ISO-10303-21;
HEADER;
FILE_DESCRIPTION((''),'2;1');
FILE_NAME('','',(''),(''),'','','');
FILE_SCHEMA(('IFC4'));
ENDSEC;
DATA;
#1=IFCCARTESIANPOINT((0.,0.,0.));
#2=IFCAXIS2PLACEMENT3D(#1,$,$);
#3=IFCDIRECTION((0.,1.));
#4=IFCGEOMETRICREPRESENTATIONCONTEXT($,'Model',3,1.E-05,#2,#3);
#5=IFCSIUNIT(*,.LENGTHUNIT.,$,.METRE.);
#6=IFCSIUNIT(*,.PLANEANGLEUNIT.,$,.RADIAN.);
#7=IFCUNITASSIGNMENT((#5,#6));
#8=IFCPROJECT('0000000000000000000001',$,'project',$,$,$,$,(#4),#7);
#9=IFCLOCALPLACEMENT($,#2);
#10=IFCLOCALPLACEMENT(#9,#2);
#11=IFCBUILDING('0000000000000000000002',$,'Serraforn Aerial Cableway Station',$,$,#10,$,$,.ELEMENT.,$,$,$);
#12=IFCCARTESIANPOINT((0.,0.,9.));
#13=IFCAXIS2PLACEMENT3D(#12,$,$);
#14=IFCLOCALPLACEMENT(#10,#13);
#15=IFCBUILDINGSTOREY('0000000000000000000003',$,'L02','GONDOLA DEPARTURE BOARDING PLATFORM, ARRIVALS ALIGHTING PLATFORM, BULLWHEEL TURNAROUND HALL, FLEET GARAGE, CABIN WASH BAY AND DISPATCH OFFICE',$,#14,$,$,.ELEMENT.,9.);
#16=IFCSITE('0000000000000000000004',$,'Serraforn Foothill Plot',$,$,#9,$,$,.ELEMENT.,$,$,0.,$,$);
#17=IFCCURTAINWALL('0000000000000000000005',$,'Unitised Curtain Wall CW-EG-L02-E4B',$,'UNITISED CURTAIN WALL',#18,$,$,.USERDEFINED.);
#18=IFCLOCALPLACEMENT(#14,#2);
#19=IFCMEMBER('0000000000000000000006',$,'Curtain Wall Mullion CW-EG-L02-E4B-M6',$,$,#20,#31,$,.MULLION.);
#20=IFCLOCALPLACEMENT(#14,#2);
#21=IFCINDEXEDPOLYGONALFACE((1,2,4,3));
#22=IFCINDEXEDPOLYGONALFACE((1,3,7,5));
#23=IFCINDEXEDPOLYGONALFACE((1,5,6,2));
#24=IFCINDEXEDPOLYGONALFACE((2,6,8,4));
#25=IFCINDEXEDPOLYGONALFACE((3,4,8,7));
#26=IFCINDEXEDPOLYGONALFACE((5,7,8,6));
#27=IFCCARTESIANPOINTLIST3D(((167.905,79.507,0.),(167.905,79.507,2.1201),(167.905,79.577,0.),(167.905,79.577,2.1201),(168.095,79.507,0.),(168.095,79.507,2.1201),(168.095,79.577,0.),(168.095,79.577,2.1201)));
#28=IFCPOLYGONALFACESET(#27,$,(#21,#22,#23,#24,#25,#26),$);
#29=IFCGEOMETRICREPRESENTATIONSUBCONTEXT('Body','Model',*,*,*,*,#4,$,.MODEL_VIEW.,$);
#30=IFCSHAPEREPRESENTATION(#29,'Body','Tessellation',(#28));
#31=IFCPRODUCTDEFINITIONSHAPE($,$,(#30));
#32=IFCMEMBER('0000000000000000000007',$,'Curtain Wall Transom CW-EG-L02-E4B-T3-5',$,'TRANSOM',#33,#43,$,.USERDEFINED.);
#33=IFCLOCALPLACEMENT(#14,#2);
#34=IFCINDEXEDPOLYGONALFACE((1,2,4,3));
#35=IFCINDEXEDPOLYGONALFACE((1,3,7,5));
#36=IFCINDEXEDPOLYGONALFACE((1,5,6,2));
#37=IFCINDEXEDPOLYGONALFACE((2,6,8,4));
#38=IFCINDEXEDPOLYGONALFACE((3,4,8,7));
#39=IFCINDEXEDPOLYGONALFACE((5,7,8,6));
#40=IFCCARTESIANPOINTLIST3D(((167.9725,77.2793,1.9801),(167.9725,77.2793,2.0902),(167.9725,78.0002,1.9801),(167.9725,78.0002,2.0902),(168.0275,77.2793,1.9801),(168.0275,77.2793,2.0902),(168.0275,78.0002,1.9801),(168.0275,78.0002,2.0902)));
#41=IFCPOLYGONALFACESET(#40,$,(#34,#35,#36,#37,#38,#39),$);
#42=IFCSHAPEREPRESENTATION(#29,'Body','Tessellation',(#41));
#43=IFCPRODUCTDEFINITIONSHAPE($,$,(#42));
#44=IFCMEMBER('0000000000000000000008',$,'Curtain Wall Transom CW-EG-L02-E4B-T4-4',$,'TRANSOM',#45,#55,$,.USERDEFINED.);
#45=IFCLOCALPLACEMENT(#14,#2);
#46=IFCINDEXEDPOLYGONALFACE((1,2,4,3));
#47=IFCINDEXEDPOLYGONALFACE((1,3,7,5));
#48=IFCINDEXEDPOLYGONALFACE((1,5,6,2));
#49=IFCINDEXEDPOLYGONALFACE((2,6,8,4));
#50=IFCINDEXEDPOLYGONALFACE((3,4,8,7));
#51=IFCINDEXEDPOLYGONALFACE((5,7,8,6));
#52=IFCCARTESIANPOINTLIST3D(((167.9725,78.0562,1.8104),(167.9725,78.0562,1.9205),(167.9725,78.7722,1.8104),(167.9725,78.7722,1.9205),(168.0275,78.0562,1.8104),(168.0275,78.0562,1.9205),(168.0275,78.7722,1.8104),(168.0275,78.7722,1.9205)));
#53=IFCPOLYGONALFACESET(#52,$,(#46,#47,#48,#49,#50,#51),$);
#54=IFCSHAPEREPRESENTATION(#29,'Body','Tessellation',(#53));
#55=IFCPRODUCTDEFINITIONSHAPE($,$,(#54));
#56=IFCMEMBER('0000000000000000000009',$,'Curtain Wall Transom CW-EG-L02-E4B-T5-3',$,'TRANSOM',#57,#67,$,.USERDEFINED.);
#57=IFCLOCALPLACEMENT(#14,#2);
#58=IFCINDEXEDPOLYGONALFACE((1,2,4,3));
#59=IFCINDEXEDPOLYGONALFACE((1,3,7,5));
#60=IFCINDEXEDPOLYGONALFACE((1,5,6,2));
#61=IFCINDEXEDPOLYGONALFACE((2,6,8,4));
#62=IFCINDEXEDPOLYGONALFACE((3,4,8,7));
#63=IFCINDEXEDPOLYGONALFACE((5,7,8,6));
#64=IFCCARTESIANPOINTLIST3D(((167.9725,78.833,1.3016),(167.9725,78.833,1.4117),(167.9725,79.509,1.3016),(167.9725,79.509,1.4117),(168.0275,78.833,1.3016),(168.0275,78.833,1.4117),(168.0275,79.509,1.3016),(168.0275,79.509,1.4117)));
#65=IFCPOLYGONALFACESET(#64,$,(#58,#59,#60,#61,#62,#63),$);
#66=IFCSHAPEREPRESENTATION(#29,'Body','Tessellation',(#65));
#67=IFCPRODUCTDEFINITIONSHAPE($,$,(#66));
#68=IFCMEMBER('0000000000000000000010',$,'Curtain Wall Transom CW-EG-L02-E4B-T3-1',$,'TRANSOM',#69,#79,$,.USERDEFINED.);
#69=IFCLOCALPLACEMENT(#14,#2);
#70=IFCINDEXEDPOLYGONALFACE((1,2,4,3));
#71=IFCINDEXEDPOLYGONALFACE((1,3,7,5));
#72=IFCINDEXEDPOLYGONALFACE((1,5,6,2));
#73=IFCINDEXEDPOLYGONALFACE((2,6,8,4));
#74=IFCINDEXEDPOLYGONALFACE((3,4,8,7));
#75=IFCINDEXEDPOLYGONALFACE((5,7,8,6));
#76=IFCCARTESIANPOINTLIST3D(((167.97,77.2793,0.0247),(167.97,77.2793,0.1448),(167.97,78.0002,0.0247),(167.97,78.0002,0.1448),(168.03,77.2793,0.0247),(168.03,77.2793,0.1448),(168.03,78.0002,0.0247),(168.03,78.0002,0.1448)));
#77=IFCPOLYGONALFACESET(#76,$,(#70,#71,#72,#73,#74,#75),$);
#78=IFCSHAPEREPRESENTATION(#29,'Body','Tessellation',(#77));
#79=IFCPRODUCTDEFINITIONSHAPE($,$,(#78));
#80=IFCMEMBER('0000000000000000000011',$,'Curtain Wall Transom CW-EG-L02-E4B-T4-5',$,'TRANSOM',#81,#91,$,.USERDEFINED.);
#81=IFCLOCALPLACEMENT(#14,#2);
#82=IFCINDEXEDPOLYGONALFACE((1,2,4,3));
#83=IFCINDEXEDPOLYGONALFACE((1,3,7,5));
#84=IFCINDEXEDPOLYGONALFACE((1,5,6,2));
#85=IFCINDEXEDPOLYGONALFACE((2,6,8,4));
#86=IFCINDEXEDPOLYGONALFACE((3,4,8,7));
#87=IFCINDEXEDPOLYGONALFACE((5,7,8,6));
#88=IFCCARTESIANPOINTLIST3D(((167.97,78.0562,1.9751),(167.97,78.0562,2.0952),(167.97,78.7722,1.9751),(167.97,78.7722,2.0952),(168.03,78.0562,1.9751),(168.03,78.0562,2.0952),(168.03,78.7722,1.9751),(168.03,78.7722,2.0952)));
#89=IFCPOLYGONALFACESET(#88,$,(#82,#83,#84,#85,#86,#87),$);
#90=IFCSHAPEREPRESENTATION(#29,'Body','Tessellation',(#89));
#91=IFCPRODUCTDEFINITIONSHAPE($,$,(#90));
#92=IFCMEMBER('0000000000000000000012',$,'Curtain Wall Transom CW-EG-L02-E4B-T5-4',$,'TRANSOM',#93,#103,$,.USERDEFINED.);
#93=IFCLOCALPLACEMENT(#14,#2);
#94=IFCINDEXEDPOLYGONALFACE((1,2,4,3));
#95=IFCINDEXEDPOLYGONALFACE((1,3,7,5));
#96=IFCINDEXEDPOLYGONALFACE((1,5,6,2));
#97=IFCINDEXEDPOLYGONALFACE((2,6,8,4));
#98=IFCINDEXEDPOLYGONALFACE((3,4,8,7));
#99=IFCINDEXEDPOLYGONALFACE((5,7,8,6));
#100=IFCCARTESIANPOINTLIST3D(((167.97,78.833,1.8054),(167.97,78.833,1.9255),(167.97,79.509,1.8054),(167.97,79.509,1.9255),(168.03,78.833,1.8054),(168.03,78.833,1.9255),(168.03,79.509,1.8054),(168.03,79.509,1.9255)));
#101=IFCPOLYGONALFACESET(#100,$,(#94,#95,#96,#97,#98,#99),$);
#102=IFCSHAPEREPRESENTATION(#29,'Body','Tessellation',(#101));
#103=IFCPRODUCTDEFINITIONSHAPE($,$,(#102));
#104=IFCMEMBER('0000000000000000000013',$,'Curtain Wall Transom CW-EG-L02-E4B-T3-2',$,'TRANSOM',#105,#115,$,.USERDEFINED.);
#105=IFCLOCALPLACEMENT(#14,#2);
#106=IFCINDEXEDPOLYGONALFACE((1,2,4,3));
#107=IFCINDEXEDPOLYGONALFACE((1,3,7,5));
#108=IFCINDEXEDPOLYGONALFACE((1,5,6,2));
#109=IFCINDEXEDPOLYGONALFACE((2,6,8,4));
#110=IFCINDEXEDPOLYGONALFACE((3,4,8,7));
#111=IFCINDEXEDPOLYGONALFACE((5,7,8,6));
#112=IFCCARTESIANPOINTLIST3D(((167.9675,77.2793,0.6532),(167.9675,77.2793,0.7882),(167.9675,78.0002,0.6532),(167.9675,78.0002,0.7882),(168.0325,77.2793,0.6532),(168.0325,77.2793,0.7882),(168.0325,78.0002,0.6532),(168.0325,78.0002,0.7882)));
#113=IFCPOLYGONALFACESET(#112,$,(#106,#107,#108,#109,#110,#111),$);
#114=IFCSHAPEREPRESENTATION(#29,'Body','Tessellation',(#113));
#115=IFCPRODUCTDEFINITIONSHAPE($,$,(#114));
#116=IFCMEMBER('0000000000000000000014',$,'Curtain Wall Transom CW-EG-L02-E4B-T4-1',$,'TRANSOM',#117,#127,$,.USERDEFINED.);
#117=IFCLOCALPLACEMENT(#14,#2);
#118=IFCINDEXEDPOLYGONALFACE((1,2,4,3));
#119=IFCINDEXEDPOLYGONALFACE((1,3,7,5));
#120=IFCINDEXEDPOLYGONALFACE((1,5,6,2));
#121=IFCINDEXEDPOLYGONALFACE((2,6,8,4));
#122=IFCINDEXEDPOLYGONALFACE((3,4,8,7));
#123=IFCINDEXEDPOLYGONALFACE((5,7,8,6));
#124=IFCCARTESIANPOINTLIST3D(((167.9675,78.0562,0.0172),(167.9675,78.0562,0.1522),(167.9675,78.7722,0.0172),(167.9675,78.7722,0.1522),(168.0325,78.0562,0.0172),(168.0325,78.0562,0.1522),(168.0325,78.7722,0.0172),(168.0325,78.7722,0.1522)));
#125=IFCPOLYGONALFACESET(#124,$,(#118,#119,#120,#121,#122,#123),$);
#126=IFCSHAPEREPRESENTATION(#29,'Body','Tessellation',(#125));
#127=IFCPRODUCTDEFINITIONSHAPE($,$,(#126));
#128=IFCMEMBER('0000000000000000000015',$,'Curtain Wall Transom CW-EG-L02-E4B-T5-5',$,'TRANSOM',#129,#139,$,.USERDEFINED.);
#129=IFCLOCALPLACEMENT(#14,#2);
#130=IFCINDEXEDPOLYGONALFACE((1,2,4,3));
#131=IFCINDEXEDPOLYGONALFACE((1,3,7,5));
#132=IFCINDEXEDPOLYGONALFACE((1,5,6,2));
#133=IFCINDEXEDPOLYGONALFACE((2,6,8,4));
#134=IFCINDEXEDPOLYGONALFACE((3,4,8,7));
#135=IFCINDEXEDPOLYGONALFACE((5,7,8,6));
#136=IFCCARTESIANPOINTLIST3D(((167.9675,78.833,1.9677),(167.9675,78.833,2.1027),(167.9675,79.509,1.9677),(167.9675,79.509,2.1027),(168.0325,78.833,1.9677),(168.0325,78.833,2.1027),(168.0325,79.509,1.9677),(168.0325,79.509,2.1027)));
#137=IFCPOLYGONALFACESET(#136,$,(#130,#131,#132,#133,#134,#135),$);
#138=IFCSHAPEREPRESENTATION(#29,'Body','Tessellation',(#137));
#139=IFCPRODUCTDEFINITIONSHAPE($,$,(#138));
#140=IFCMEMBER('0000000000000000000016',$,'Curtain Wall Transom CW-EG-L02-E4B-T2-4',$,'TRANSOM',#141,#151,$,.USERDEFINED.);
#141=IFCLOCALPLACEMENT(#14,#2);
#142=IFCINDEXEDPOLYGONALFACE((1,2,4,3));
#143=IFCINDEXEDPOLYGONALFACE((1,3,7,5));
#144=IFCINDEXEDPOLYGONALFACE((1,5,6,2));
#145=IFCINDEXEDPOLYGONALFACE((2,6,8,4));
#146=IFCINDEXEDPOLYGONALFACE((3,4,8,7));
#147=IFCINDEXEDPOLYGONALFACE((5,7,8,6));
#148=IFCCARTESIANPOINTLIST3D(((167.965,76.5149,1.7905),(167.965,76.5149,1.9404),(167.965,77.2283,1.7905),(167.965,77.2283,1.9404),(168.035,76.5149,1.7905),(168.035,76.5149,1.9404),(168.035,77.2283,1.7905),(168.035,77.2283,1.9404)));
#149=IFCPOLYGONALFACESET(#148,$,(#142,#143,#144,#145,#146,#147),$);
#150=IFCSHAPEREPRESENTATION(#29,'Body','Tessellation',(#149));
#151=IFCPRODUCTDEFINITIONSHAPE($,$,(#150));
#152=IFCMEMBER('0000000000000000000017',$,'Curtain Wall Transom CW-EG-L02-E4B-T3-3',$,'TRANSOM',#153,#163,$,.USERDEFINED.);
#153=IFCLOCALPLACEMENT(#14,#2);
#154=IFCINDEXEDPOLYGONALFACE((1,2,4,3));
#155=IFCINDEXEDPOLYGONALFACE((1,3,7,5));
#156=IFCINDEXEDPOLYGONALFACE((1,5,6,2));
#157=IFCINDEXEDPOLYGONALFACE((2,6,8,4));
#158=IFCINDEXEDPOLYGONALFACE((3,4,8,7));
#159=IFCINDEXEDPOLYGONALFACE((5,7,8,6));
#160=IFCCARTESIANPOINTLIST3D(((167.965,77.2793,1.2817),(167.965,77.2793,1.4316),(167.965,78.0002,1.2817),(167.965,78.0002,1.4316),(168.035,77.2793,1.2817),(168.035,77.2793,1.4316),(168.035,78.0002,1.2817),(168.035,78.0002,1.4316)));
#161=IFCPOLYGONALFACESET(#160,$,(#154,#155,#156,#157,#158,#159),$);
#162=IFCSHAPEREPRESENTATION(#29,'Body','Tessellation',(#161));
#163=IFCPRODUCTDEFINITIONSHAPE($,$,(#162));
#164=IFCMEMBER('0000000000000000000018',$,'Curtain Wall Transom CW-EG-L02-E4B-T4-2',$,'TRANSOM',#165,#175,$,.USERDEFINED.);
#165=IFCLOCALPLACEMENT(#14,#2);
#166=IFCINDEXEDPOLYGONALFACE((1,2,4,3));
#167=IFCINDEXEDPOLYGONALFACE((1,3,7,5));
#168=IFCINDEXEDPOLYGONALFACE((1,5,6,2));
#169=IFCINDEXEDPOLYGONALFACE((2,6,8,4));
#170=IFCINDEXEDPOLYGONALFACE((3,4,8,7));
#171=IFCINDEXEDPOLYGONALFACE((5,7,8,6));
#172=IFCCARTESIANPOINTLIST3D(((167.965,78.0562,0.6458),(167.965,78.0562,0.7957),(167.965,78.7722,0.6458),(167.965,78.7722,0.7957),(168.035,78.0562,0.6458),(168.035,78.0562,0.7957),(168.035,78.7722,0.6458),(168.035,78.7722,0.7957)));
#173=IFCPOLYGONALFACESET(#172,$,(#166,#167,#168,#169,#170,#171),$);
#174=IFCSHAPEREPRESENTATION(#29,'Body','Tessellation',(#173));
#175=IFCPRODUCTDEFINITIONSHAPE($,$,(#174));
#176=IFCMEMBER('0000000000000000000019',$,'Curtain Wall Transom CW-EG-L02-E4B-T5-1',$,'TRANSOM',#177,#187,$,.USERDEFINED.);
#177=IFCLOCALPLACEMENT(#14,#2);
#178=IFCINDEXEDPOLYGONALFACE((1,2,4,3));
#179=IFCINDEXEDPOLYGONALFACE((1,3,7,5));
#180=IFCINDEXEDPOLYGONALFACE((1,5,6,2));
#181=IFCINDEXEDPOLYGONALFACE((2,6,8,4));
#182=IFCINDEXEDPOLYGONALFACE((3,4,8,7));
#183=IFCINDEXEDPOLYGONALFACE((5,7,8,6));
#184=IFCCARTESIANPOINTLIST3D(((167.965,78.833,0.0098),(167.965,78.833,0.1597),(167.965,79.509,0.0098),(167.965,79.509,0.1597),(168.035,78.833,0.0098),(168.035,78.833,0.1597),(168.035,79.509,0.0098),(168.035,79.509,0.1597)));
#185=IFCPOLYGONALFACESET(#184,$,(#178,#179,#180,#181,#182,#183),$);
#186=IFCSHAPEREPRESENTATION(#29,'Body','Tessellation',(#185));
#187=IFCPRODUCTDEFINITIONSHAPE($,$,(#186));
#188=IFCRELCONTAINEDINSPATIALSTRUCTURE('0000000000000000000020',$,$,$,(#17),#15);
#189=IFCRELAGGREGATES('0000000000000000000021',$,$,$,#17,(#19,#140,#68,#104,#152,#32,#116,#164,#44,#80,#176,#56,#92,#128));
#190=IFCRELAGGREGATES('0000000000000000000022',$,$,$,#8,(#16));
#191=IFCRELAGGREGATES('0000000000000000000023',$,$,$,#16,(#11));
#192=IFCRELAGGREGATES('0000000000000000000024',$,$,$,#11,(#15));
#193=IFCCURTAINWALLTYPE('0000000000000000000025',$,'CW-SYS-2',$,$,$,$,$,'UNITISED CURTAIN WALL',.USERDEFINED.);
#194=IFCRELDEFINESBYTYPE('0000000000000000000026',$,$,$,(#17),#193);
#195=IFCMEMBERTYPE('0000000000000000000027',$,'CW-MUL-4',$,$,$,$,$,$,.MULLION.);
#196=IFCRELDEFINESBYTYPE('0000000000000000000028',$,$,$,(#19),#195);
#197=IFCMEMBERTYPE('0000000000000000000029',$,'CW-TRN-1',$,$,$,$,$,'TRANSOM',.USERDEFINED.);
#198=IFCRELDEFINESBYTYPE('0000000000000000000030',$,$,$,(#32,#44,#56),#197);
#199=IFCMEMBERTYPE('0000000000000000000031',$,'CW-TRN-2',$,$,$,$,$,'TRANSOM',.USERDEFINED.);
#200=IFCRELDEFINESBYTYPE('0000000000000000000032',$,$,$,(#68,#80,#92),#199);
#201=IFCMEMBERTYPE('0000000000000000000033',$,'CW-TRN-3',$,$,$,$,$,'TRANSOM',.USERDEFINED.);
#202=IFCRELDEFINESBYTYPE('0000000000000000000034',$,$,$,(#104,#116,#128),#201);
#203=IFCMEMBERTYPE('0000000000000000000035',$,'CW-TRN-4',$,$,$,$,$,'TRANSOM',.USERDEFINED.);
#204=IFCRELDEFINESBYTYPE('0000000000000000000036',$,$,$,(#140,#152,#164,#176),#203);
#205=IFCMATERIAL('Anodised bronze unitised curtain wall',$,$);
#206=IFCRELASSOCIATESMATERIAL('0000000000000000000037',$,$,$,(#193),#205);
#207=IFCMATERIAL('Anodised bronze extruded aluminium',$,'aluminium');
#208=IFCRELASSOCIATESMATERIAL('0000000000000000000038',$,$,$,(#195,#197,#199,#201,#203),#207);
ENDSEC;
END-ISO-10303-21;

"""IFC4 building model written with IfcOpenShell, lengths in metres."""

from ifc_helpers import new_model, si_unit, direction, frame, origin, origin_2d, place, context, subcontext, project, spatial, rectangle, extrude, material, material_profile, profile_set, type_object, element, aggregate, save


model = new_model("IFC4")

# Units and contexts
model_context = context("Model", 3, precision=1e-05, world=origin(), true_north=direction((0.0, 1.0)))
body_context = subcontext(model_context, "Body", "Model", "MODEL_VIEW")
ifc_project = project(units=[si_unit("LENGTHUNIT", "METRE"), si_unit("PLANEANGLEUNIT", "RADIAN")], contexts=[model_context])

# Site, building, storey
site_placement = place(None, origin())
site = spatial("IfcSite", under=ifc_project, at=site_placement, Name="Serraforn Foothill Plot", CompositionType="ELEMENT", RefElevation=0.0)
building_placement = place(site_placement, origin())
building = spatial("IfcBuilding", under=site, at=building_placement, Name="Serraforn Aerial Cableway Station", CompositionType="ELEMENT")
storey_placement = place(building_placement, frame((0.0, 0.0, 9.0)))
storey = spatial("IfcBuildingStorey", under=building, at=storey_placement, Name="L02", Description="GONDOLA DEPARTURE BOARDING PLATFORM, ARRIVALS ALIGHTING PLATFORM, BULLWHEEL TURNAROUND HALL, FLEET GARAGE, CABIN WASH BAY AND DISPATCH OFFICE", CompositionType="ELEMENT", Elevation=9.0)

# Curtain wall, members
ifc_material_1 = material(Name="Anodised bronze unitised curtain wall")
curtain_wall_type = type_object("IfcCurtainWallType", Name="CW-SYS-2", ElementType="UNITISED CURTAIN WALL", PredefinedType="USERDEFINED", material=ifc_material_1)
curtain_wall_placement = place(storey_placement, origin())
curtain_wall = element("IfcCurtainWall", 1, at=curtain_wall_placement, inside=storey, type_object=curtain_wall_type, Name="Unitised Curtain Wall CW-EG-L02-E4B", ObjectType="UNITISED CURTAIN WALL", PredefinedType="USERDEFINED")
ifc_material_2 = material(Name="Anodised bronze extruded aluminium", Category="aluminium")
ifc_material_profile_1 = material_profile(ifc_material_2, rectangle(XDim=0.0701, YDim=0.1899, at=origin_2d()), Name="CW MULLION 70x190")
ifc_profile_set_1 = profile_set([ifc_material_profile_1], Name="Anodised bronze extruded aluminium")
member_type_1 = type_object("IfcMemberType", Name="CW-MUL-4", PredefinedType="MULLION", material=ifc_profile_set_1)
member_1_placement = place(storey_placement, frame((168.0, 79.542, 0.0), z_axis=(0.0, 0.0, 1.0), x_axis=(0.0, 1.0, 0.0)))
member_1 = element("IfcMember", 2, at=member_1_placement, type_object=member_type_1, Name="Curtain Wall Mullion CW-EG-L02-E4B-M6", PredefinedType="MULLION", context=body_context, shape_type="SweptSolid", body=[
    extrude(rectangle(XDim=0.0701, YDim=0.1899, at=origin_2d()), origin(), (0.0, 0.0, 1.0), 2.1201),
])
ifc_material_profile_2 = material_profile(ifc_material_2, rectangle(XDim=0.0549, YDim=0.1101, at=origin_2d()), Name="CW TRANSOM 55x110")
ifc_profile_set_2 = profile_set([ifc_material_profile_2], Name="Anodised bronze extruded aluminium")
member_type_2 = type_object("IfcMemberType", Name="CW-TRN-1", ElementType="TRANSOM", PredefinedType="USERDEFINED", material=ifc_profile_set_2)
member_2_placement = place(storey_placement, frame((168.0, 77.2793, 2.0352), z_axis=(0.0, 1.0, 0.0), x_axis=(-1.0, 0.0, 0.0)))
member_2 = element("IfcMember", 3, at=member_2_placement, type_object=member_type_2, Name="Curtain Wall Transom CW-EG-L02-E4B-T3-5", ObjectType="TRANSOM", PredefinedType="USERDEFINED", context=body_context, shape_type="SweptSolid", body=[
    extrude(rectangle(XDim=0.0549, YDim=0.1101, at=origin_2d()), origin(), (0.0, 0.0, 1.0), 0.7209),
])
member_3_placement = place(storey_placement, frame((168.0, 78.0562, 1.8655), z_axis=(0.0, 1.0, 0.0), x_axis=(-1.0, 0.0, 0.0)))
member_3 = element("IfcMember", 4, at=member_3_placement, type_object=member_type_2, Name="Curtain Wall Transom CW-EG-L02-E4B-T4-4", ObjectType="TRANSOM", PredefinedType="USERDEFINED", context=body_context, shape_type="SweptSolid", body=[
    extrude(rectangle(XDim=0.0549, YDim=0.1101, at=origin_2d()), origin(), (0.0, 0.0, 1.0), 0.7161),
])
member_4_placement = place(storey_placement, frame((168.0, 78.833, 1.3567), z_axis=(0.0, 1.0, 0.0), x_axis=(-1.0, 0.0, 0.0)))
member_4 = element("IfcMember", 5, at=member_4_placement, type_object=member_type_2, Name="Curtain Wall Transom CW-EG-L02-E4B-T5-3", ObjectType="TRANSOM", PredefinedType="USERDEFINED", context=body_context, shape_type="SweptSolid", body=[
    extrude(rectangle(XDim=0.0549, YDim=0.1101, at=origin_2d()), origin(), (0.0, 0.0, 1.0), 0.676),
])
ifc_material_profile_3 = material_profile(ifc_material_2, rectangle(XDim=0.0601, YDim=0.1201, at=origin_2d()), Name="CW TRANSOM 60x120")
ifc_profile_set_3 = profile_set([ifc_material_profile_3], Name="Anodised bronze extruded aluminium")
member_type_3 = type_object("IfcMemberType", Name="CW-TRN-2", ElementType="TRANSOM", PredefinedType="USERDEFINED", material=ifc_profile_set_3)
member_5_placement = place(storey_placement, frame((168.0, 77.2793, 0.0847), z_axis=(0.0, 1.0, 0.0), x_axis=(-1.0, 0.0, 0.0)))
member_5 = element("IfcMember", 6, at=member_5_placement, type_object=member_type_3, Name="Curtain Wall Transom CW-EG-L02-E4B-T3-1", ObjectType="TRANSOM", PredefinedType="USERDEFINED", context=body_context, shape_type="SweptSolid", body=[
    extrude(rectangle(XDim=0.0601, YDim=0.1201, at=origin_2d()), origin(), (0.0, 0.0, 1.0), 0.7209),
])
member_6_placement = place(storey_placement, frame((168.0, 78.0562, 2.0352), z_axis=(0.0, 1.0, 0.0), x_axis=(-1.0, 0.0, 0.0)))
member_6 = element("IfcMember", 7, at=member_6_placement, type_object=member_type_3, Name="Curtain Wall Transom CW-EG-L02-E4B-T4-5", ObjectType="TRANSOM", PredefinedType="USERDEFINED", context=body_context, shape_type="SweptSolid", body=[
    extrude(rectangle(XDim=0.0601, YDim=0.1201, at=origin_2d()), origin(), (0.0, 0.0, 1.0), 0.7161),
])
member_7_placement = place(storey_placement, frame((168.0, 78.833, 1.8655), z_axis=(0.0, 1.0, 0.0), x_axis=(-1.0, 0.0, 0.0)))
member_7 = element("IfcMember", 8, at=member_7_placement, type_object=member_type_3, Name="Curtain Wall Transom CW-EG-L02-E4B-T5-4", ObjectType="TRANSOM", PredefinedType="USERDEFINED", context=body_context, shape_type="SweptSolid", body=[
    extrude(rectangle(XDim=0.0601, YDim=0.1201, at=origin_2d()), origin(), (0.0, 0.0, 1.0), 0.676),
])
ifc_material_profile_4 = material_profile(ifc_material_2, rectangle(XDim=0.0649, YDim=0.135, at=origin_2d()), Name="CW TRANSOM 65x135")
ifc_profile_set_4 = profile_set([ifc_material_profile_4], Name="Anodised bronze extruded aluminium")
member_type_4 = type_object("IfcMemberType", Name="CW-TRN-3", ElementType="TRANSOM", PredefinedType="USERDEFINED", material=ifc_profile_set_4)
member_8_placement = place(storey_placement, frame((168.0, 77.2793, 0.7207), z_axis=(0.0, 1.0, 0.0), x_axis=(-1.0, 0.0, 0.0)))
member_8 = element("IfcMember", 9, at=member_8_placement, type_object=member_type_4, Name="Curtain Wall Transom CW-EG-L02-E4B-T3-2", ObjectType="TRANSOM", PredefinedType="USERDEFINED", context=body_context, shape_type="SweptSolid", body=[
    extrude(rectangle(XDim=0.0649, YDim=0.135, at=origin_2d()), origin(), (0.0, 0.0, 1.0), 0.7209),
])
member_9_placement = place(storey_placement, frame((168.0, 78.0562, 0.0847), z_axis=(0.0, 1.0, 0.0), x_axis=(-1.0, 0.0, 0.0)))
member_9 = element("IfcMember", 10, at=member_9_placement, type_object=member_type_4, Name="Curtain Wall Transom CW-EG-L02-E4B-T4-1", ObjectType="TRANSOM", PredefinedType="USERDEFINED", context=body_context, shape_type="SweptSolid", body=[
    extrude(rectangle(XDim=0.0649, YDim=0.135, at=origin_2d()), origin(), (0.0, 0.0, 1.0), 0.7161),
])
member_10_placement = place(storey_placement, frame((168.0, 78.833, 2.0352), z_axis=(0.0, 1.0, 0.0), x_axis=(-1.0, 0.0, 0.0)))
member_10 = element("IfcMember", 11, at=member_10_placement, type_object=member_type_4, Name="Curtain Wall Transom CW-EG-L02-E4B-T5-5", ObjectType="TRANSOM", PredefinedType="USERDEFINED", context=body_context, shape_type="SweptSolid", body=[
    extrude(rectangle(XDim=0.0649, YDim=0.135, at=origin_2d()), origin(), (0.0, 0.0, 1.0), 0.676),
])
ifc_material_profile_5 = material_profile(ifc_material_2, rectangle(XDim=0.0701, YDim=0.1499, at=origin_2d()), Name="CW TRANSOM 70x150")
ifc_profile_set_5 = profile_set([ifc_material_profile_5], Name="Anodised bronze extruded aluminium")
member_type_5 = type_object("IfcMemberType", Name="CW-TRN-4", ElementType="TRANSOM", PredefinedType="USERDEFINED", material=ifc_profile_set_5)
member_11_placement = place(storey_placement, frame((168.0, 76.5149, 1.8655), z_axis=(0.0, 1.0, 0.0), x_axis=(-1.0, 0.0, 0.0)))
member_11 = element("IfcMember", 12, at=member_11_placement, type_object=member_type_5, Name="Curtain Wall Transom CW-EG-L02-E4B-T2-4", ObjectType="TRANSOM", PredefinedType="USERDEFINED", context=body_context, shape_type="SweptSolid", body=[
    extrude(rectangle(XDim=0.0701, YDim=0.1499, at=origin_2d()), origin(), (0.0, 0.0, 1.0), 0.7134),
])
member_12_placement = place(storey_placement, frame((168.0, 77.2793, 1.3567), z_axis=(0.0, 1.0, 0.0), x_axis=(-1.0, 0.0, 0.0)))
member_12 = element("IfcMember", 13, at=member_12_placement, type_object=member_type_5, Name="Curtain Wall Transom CW-EG-L02-E4B-T3-3", ObjectType="TRANSOM", PredefinedType="USERDEFINED", context=body_context, shape_type="SweptSolid", body=[
    extrude(rectangle(XDim=0.0701, YDim=0.1499, at=origin_2d()), origin(), (0.0, 0.0, 1.0), 0.7209),
])
member_13_placement = place(storey_placement, frame((168.0, 78.0562, 0.7207), z_axis=(0.0, 1.0, 0.0), x_axis=(-1.0, 0.0, 0.0)))
member_13 = element("IfcMember", 14, at=member_13_placement, type_object=member_type_5, Name="Curtain Wall Transom CW-EG-L02-E4B-T4-2", ObjectType="TRANSOM", PredefinedType="USERDEFINED", context=body_context, shape_type="SweptSolid", body=[
    extrude(rectangle(XDim=0.0701, YDim=0.1499, at=origin_2d()), origin(), (0.0, 0.0, 1.0), 0.7161),
])
member_14_placement = place(storey_placement, frame((168.0, 78.833, 0.0847), z_axis=(0.0, 1.0, 0.0), x_axis=(-1.0, 0.0, 0.0)))
member_14 = element("IfcMember", 15, at=member_14_placement, type_object=member_type_5, Name="Curtain Wall Transom CW-EG-L02-E4B-T5-1", ObjectType="TRANSOM", PredefinedType="USERDEFINED", context=body_context, shape_type="SweptSolid", body=[
    extrude(rectangle(XDim=0.0701, YDim=0.1499, at=origin_2d()), origin(), (0.0, 0.0, 1.0), 0.676),
])

aggregate(curtain_wall, [member_1, member_11, member_5, member_8, member_12, member_2, member_9, member_13, member_3, member_6, member_14, member_4, member_7, member_10])

save(model, "model.ifc")
